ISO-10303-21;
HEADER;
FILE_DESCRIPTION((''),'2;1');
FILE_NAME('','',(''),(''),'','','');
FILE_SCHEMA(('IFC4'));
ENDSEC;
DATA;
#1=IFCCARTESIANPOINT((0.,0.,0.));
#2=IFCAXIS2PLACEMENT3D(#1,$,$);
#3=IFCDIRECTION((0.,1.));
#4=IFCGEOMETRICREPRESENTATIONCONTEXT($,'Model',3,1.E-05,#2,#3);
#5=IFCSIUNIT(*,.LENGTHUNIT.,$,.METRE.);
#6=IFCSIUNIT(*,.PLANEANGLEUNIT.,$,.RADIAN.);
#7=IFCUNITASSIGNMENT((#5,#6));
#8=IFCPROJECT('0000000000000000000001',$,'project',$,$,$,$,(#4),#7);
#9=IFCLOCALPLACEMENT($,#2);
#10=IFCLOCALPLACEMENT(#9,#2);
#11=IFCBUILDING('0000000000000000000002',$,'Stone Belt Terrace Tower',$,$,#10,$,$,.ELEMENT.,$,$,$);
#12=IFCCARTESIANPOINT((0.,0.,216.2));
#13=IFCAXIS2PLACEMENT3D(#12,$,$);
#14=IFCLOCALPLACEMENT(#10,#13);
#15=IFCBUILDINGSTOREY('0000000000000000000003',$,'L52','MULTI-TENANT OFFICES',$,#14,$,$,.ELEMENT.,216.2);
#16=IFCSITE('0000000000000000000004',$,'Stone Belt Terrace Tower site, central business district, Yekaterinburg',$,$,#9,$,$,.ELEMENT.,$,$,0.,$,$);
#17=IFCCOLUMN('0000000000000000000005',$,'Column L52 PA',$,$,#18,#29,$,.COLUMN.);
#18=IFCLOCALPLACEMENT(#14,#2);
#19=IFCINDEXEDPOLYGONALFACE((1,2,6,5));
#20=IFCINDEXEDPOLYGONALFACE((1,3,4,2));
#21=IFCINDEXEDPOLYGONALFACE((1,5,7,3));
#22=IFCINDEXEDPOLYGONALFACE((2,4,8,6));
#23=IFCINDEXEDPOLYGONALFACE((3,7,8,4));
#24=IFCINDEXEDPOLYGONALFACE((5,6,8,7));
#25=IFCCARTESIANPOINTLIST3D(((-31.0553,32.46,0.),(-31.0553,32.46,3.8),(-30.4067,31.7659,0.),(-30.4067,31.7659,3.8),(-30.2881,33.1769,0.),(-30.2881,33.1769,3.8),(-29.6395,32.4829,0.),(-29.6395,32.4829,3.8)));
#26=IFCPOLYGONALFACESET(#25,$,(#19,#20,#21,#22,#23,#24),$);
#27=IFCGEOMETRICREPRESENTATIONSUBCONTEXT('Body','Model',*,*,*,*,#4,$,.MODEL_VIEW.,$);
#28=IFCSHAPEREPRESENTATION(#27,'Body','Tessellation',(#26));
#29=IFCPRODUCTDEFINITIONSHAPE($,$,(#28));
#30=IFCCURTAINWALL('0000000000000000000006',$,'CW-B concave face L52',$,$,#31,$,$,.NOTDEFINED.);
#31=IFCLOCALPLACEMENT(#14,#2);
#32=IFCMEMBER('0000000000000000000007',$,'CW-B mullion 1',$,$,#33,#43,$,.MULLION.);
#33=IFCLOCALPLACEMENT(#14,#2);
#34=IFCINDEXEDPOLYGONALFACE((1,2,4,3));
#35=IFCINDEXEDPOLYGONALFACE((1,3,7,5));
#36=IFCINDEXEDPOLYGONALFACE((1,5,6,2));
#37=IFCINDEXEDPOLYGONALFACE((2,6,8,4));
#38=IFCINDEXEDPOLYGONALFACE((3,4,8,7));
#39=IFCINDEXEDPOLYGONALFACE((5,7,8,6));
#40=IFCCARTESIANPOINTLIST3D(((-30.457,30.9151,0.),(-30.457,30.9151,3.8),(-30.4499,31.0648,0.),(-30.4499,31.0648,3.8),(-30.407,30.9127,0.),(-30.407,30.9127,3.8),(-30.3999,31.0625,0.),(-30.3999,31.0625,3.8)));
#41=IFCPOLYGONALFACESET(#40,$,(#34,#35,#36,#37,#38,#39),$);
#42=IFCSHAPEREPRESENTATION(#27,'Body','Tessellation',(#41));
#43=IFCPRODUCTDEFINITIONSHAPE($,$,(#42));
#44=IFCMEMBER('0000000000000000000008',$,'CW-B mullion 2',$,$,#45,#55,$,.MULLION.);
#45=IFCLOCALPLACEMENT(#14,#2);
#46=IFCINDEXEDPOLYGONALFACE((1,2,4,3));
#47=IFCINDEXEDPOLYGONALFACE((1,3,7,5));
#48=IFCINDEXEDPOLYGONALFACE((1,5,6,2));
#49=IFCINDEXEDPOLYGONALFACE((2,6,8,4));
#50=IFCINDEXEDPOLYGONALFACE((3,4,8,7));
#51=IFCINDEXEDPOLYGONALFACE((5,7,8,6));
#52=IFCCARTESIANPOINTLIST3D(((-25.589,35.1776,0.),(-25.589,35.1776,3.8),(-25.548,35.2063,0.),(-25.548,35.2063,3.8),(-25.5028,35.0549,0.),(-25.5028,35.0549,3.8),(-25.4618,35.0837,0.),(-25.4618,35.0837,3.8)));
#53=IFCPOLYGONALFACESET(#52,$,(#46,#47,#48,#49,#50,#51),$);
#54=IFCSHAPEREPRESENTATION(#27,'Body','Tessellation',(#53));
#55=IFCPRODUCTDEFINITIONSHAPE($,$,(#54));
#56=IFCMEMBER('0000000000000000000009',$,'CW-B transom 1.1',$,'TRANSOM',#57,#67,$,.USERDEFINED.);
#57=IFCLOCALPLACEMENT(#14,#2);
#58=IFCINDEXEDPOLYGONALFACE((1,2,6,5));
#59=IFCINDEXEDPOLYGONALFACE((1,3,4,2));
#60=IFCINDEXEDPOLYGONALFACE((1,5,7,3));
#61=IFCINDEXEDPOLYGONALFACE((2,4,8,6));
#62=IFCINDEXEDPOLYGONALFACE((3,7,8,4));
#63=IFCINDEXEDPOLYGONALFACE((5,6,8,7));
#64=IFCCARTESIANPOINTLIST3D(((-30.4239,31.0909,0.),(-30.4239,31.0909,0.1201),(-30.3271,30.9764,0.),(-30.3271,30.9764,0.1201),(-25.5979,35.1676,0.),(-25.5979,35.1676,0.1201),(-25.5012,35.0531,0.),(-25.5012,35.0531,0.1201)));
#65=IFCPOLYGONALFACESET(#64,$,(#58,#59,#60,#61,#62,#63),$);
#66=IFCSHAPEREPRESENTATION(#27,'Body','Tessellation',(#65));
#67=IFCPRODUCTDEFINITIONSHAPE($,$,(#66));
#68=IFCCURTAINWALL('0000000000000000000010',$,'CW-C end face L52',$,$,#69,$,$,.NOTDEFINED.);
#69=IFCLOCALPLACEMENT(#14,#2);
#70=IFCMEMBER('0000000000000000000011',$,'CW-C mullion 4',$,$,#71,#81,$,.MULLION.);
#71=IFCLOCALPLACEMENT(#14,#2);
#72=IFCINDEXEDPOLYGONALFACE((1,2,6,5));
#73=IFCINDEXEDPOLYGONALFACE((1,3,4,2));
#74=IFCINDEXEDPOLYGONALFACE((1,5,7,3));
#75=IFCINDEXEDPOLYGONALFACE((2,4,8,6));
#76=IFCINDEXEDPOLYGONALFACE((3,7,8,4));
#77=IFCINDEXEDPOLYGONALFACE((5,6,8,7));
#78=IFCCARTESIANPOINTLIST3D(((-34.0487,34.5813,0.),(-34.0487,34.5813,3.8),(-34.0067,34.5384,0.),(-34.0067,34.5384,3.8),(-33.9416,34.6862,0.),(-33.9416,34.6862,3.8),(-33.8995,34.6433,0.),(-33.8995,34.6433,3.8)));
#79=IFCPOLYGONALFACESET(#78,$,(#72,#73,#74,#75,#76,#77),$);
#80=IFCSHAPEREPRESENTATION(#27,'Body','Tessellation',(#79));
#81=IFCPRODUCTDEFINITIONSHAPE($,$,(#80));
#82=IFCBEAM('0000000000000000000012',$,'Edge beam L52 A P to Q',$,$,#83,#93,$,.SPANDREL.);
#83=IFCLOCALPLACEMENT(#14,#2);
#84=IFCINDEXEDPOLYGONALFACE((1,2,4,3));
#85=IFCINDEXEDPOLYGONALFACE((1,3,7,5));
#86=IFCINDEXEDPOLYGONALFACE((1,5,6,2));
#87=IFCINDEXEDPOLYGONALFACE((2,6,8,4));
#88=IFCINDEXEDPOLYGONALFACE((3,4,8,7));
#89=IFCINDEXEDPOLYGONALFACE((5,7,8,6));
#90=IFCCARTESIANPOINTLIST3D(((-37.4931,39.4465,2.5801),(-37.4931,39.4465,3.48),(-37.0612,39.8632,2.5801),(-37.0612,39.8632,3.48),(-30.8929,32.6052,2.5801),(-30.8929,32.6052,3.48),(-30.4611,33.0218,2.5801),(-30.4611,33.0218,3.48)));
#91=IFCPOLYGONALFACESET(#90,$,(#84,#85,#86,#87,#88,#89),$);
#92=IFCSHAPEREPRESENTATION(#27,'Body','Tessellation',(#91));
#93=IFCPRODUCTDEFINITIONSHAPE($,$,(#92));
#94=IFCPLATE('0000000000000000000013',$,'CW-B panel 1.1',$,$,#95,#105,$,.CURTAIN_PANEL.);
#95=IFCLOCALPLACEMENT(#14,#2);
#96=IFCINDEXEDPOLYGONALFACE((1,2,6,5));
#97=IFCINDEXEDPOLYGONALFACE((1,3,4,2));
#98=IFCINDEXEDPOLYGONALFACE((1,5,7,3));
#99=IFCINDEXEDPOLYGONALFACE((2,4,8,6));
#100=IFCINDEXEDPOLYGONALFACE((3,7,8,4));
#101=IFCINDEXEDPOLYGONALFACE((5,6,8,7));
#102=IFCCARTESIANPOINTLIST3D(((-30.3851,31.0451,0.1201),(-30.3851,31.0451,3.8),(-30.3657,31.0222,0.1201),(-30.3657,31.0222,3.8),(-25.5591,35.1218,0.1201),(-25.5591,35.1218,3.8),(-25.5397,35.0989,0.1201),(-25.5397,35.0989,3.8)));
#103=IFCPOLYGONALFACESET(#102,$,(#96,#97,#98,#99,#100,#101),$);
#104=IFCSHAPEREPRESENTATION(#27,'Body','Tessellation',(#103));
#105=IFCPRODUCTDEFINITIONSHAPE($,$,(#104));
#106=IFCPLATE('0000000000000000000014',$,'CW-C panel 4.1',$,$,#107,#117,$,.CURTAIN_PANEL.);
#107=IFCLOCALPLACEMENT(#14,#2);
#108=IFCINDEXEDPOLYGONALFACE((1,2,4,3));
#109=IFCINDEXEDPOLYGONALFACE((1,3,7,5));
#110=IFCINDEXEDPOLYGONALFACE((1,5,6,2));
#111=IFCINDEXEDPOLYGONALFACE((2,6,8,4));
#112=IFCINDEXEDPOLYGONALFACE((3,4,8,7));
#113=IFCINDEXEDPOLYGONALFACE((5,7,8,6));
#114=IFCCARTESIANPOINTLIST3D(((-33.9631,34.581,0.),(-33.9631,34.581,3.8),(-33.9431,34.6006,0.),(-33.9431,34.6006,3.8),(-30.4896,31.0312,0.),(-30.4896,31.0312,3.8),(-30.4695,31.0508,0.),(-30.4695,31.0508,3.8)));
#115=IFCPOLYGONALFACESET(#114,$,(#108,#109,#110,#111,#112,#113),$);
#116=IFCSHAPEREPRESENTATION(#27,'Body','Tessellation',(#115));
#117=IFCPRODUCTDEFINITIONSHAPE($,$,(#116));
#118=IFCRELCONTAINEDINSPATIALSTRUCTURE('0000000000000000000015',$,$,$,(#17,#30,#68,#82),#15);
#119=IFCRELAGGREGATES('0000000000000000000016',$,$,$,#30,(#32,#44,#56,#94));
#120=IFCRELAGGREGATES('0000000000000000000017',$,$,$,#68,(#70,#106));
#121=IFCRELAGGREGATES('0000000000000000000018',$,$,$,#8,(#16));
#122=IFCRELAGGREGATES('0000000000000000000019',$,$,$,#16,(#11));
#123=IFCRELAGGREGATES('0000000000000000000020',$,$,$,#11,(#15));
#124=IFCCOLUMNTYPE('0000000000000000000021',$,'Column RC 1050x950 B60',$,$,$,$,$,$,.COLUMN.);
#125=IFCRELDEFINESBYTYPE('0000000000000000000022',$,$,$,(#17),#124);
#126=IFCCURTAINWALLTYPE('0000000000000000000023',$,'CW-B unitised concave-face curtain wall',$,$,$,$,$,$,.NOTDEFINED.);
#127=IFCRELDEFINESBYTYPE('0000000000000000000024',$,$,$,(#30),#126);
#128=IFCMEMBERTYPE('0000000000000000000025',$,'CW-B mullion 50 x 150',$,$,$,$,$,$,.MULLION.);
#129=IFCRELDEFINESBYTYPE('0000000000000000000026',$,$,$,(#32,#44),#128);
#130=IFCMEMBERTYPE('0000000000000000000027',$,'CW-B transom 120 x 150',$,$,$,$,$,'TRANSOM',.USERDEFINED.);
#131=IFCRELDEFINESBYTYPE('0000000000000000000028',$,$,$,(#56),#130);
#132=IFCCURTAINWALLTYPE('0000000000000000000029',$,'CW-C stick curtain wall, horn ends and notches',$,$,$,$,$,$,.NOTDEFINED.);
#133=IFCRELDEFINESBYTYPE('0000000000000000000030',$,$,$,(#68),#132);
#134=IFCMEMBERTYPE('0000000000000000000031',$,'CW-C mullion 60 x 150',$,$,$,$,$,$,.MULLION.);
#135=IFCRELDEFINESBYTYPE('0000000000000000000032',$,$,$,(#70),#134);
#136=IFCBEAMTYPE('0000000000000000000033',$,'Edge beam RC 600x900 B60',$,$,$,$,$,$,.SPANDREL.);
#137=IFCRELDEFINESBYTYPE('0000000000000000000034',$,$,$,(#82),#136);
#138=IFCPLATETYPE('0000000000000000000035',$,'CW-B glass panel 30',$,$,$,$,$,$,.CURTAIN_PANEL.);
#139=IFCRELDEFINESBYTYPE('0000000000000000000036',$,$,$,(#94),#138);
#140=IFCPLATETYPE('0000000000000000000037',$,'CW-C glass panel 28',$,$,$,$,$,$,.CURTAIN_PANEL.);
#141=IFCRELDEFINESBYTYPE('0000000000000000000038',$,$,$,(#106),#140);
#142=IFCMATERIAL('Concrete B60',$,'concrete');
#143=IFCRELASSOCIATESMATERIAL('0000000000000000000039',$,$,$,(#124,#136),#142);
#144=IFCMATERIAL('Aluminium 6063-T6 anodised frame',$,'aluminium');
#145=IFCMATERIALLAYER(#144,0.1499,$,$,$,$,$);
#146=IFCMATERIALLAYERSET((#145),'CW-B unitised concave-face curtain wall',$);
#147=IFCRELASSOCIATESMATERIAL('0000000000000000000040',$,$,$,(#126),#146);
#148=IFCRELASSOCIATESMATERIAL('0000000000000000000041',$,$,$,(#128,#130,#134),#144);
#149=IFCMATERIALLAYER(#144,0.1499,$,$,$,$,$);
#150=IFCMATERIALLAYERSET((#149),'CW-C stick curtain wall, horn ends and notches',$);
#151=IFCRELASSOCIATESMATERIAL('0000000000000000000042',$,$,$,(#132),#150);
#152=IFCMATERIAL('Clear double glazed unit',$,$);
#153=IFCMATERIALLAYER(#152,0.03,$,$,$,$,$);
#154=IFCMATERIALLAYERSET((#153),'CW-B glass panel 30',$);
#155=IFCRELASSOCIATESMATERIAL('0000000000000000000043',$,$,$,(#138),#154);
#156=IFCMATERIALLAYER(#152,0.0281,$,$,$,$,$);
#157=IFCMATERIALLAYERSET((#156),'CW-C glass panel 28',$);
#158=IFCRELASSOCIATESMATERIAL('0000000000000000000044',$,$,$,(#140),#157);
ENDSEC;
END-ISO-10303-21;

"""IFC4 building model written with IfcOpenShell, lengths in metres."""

from ifc_helpers import new_model, si_unit, direction, frame, origin, origin_2d, place, context, subcontext, project, spatial, rectangle, extrude, material, layer, layer_set, material_profile, profile_set, type_object, element, aggregate, save


model = new_model("IFC4")

# Units and contexts
model_context = context("Model", 3, precision=1e-05, world=origin(), true_north=direction((0.0, 1.0)))
body_context = subcontext(model_context, "Body", "Model", "MODEL_VIEW")
ifc_project = project(units=[si_unit("LENGTHUNIT", "METRE"), si_unit("PLANEANGLEUNIT", "RADIAN")], contexts=[model_context])

# Site, building, storey
site_placement = place(None, origin())
site = spatial("IfcSite", under=ifc_project, at=site_placement, Name="Stone Belt Terrace Tower site, central business district, Yekaterinburg", CompositionType="ELEMENT", RefElevation=0.0)
building_placement = place(site_placement, origin())
building = spatial("IfcBuilding", under=site, at=building_placement, Name="Stone Belt Terrace Tower", CompositionType="ELEMENT")
storey_placement = place(building_placement, frame((0.0, 0.0, 216.2)))
storey = spatial("IfcBuildingStorey", under=building, at=storey_placement, Name="L52", Description="MULTI-TENANT OFFICES", CompositionType="ELEMENT", Elevation=216.2)

# Column
ifc_material_1 = material(Name="Concrete B60", Category="concrete")
ifc_material_profile_1 = material_profile(ifc_material_1, rectangle(XDim=1.05, YDim=0.95, at=origin_2d()), Name="RC 1050x950")
ifc_profile_set_1 = profile_set([ifc_material_profile_1], Name="Concrete B60")
column_type = type_object("IfcColumnType", Name="Column RC 1050x950 B60", PredefinedType="COLUMN", material=ifc_profile_set_1)
column_placement = place(storey_placement, frame((-30.3474, 32.4714, 0.0), z_axis=(0.0, 0.0, 1.0), x_axis=(0.7306, 0.682806, 0.0)))
element("IfcColumn", 1, at=column_placement, inside=storey, type_object=column_type, Name="Column L52 PA", PredefinedType="COLUMN", context=body_context, shape_type="SweptSolid", body=[
    extrude(rectangle(XDim=1.05, YDim=0.95, at=origin_2d()), origin(), (0.0, 0.0, 1.0), 3.8),
])

# Curtain wall, members
ifc_material_2 = material(Name="Aluminium 6063-T6 anodised frame", Category="aluminium")
ifc_layer_1 = layer(ifc_material_2, 0.1499)
ifc_layer_set_1 = layer_set([ifc_layer_1], Name="CW-B unitised concave-face curtain wall")
curtain_wall_type_1 = type_object("IfcCurtainWallType", Name="CW-B unitised concave-face curtain wall", PredefinedType="NOTDEFINED", material=ifc_layer_set_1)
curtain_wall_1_placement = place(storey_placement, origin())
curtain_wall_1 = element("IfcCurtainWall", 2, at=curtain_wall_1_placement, inside=storey, type_object=curtain_wall_type_1, Name="CW-B concave face L52", PredefinedType="NOTDEFINED")
ifc_material_profile_2 = material_profile(ifc_material_2, rectangle(XDim=0.1499, YDim=0.05, at=origin_2d()), Name="Aluminium 6063-T6 50x150")
ifc_profile_set_2 = profile_set([ifc_material_profile_2], Name="Aluminium 6063-T6 anodised frame")
member_type_1 = type_object("IfcMemberType", Name="CW-B mullion 50 x 150", PredefinedType="MULLION", material=ifc_profile_set_2)
member_1_placement = place(storey_placement, frame((-30.4285, 30.9888, 0.0), z_axis=(0.0, 0.0, 1.0), x_axis=(0.047392, 0.998876, 0.0)))
member_1 = element("IfcMember", 3, at=member_1_placement, type_object=member_type_1, Name="CW-B mullion 1", PredefinedType="MULLION", context=body_context, shape_type="SweptSolid", body=[
    extrude(rectangle(XDim=0.1499, YDim=0.05, at=origin_2d()), origin(), (0.0, 0.0, 1.0), 3.8),
])
member_2_placement = place(storey_placement, frame((-25.5254, 35.1306, 0.0), z_axis=(0.0, 0.0, 1.0), x_axis=(-0.574927, 0.818204, 0.0)))
member_2 = element("IfcMember", 4, at=member_2_placement, type_object=member_type_1, Name="CW-B mullion 2", PredefinedType="MULLION", context=body_context, shape_type="SweptSolid", body=[
    extrude(rectangle(XDim=0.1499, YDim=0.05, at=origin_2d()), origin(), (0.0, 0.0, 1.0), 3.8),
])
ifc_material_profile_3 = material_profile(ifc_material_2, rectangle(XDim=0.1499, YDim=0.1201, at=origin_2d()), Name="Aluminium 6063-T6 150x120")
ifc_profile_set_3 = profile_set([ifc_material_profile_3], Name="Aluminium 6063-T6 anodised frame")
member_type_2 = type_object("IfcMemberType", Name="CW-B transom 120 x 150", ElementType="TRANSOM", PredefinedType="USERDEFINED", material=ifc_profile_set_3)
member_3_placement = place(storey_placement, frame((-30.3755, 31.0337, 0.0601), z_axis=(0.763918, 0.645313, 0.0), x_axis=(-0.645313, 0.763918, 0.0)))
member_3 = element("IfcMember", 5, at=member_3_placement, type_object=member_type_2, Name="CW-B transom 1.1", ObjectType="TRANSOM", PredefinedType="USERDEFINED", context=body_context, shape_type="SweptSolid", body=[
    extrude(rectangle(XDim=0.1499, YDim=0.1201, at=origin_2d()), origin(), (0.0, 0.0, 1.0), 6.3174),
])

# Curtain wall, member
ifc_layer_2 = layer(ifc_material_2, 0.1499)
ifc_layer_set_2 = layer_set([ifc_layer_2], Name="CW-C stick curtain wall, horn ends and notches")
curtain_wall_type_2 = type_object("IfcCurtainWallType", Name="CW-C stick curtain wall, horn ends and notches", PredefinedType="NOTDEFINED", material=ifc_layer_set_2)
curtain_wall_2_placement = place(storey_placement, origin())
curtain_wall_2 = element("IfcCurtainWall", 6, at=curtain_wall_2_placement, inside=storey, type_object=curtain_wall_type_2, Name="CW-C end face L52", PredefinedType="NOTDEFINED")
ifc_material_profile_4 = material_profile(ifc_material_2, rectangle(XDim=0.1499, YDim=0.0601, at=origin_2d()), Name="Aluminium 6063-T6 60x150")
ifc_profile_set_4 = profile_set([ifc_material_profile_4], Name="Aluminium 6063-T6 anodised frame")
member_type_3 = type_object("IfcMemberType", Name="CW-C mullion 60 x 150", PredefinedType="MULLION", material=ifc_profile_set_4)
member_4_placement = place(storey_placement, frame((-33.9741, 34.6123, 0.0), z_axis=(0.0, 0.0, 1.0), x_axis=(0.714739, 0.699391, 0.0)))
member_4 = element("IfcMember", 7, at=member_4_placement, type_object=member_type_3, Name="CW-C mullion 4", PredefinedType="MULLION", context=body_context, shape_type="SweptSolid", body=[
    extrude(rectangle(XDim=0.1499, YDim=0.0601, at=origin_2d()), origin(), (0.0, 0.0, 1.0), 3.8),
])

# Beam
ifc_material_profile_5 = material_profile(ifc_material_1, rectangle(XDim=0.6001, YDim=0.8999, at=origin_2d()), Name="RC 600x900")
ifc_profile_set_5 = profile_set([ifc_material_profile_5], Name="Concrete B60")
beam_type = type_object("IfcBeamType", Name="Edge beam RC 600x900 B60", PredefinedType="SPANDREL", material=ifc_profile_set_5)
beam_placement = place(storey_placement, frame((-30.677, 32.8135, 3.03), z_axis=(-0.694306, 0.71968, 0.0), x_axis=(-0.71968, -0.694306, 0.0)))
element("IfcBeam", 8, at=beam_placement, inside=storey, type_object=beam_type, Name="Edge beam L52 A P to Q", PredefinedType="SPANDREL", context=body_context, shape_type="SweptSolid", body=[
    extrude(rectangle(XDim=0.6001, YDim=0.8999, at=origin_2d()), origin(), (0.0, 0.0, 1.0), 9.5061),
])

# Plates
ifc_material_3 = material(Name="Clear double glazed unit")
ifc_layer_3 = layer(ifc_material_3, 0.03)
ifc_layer_set_3 = layer_set([ifc_layer_3], Name="CW-B glass panel 30")
plate_type_1 = type_object("IfcPlateType", Name="CW-B glass panel 30", PredefinedType="CURTAIN_PANEL", material=ifc_layer_set_3)
plate_1_placement = place(storey_placement, frame((-27.9624, 33.072, 0.1201), z_axis=(0.0, 0.0, 1.0), x_axis=(0.763919, 0.645312, 0.0)))
plate_1 = element("IfcPlate", 9, at=plate_1_placement, type_object=plate_type_1, Name="CW-B panel 1.1", PredefinedType="CURTAIN_PANEL", context=body_context, shape_type="SweptSolid", body=[
    extrude(rectangle(XDim=6.3174, YDim=0.03, at=origin_2d()), origin(), (0.0, 0.0, 1.0), 3.6799),
])
aggregate(curtain_wall_1, [member_1, member_2, member_3, plate_1])
ifc_layer_4 = layer(ifc_material_3, 0.0281)
ifc_layer_set_4 = layer_set([ifc_layer_4], Name="CW-C glass panel 28")
plate_type_2 = type_object("IfcPlateType", Name="CW-C glass panel 28", PredefinedType="CURTAIN_PANEL", material=ifc_layer_set_4)
plate_2_placement = place(storey_placement, frame((-32.2163, 32.8159, 0.0), z_axis=(0.0, 0.0, 1.0), x_axis=(0.699391, -0.714739, 0.0)))
plate_2 = element("IfcPlate", 10, at=plate_2_placement, type_object=plate_type_2, Name="CW-C panel 4.1", PredefinedType="CURTAIN_PANEL", context=body_context, shape_type="SweptSolid", body=[
    extrude(rectangle(XDim=4.9666, YDim=0.0281, at=origin_2d()), origin(), (0.0, 0.0, 1.0), 3.8),
])
aggregate(curtain_wall_2, [member_4, plate_2])

save(model, "model.ifc")
